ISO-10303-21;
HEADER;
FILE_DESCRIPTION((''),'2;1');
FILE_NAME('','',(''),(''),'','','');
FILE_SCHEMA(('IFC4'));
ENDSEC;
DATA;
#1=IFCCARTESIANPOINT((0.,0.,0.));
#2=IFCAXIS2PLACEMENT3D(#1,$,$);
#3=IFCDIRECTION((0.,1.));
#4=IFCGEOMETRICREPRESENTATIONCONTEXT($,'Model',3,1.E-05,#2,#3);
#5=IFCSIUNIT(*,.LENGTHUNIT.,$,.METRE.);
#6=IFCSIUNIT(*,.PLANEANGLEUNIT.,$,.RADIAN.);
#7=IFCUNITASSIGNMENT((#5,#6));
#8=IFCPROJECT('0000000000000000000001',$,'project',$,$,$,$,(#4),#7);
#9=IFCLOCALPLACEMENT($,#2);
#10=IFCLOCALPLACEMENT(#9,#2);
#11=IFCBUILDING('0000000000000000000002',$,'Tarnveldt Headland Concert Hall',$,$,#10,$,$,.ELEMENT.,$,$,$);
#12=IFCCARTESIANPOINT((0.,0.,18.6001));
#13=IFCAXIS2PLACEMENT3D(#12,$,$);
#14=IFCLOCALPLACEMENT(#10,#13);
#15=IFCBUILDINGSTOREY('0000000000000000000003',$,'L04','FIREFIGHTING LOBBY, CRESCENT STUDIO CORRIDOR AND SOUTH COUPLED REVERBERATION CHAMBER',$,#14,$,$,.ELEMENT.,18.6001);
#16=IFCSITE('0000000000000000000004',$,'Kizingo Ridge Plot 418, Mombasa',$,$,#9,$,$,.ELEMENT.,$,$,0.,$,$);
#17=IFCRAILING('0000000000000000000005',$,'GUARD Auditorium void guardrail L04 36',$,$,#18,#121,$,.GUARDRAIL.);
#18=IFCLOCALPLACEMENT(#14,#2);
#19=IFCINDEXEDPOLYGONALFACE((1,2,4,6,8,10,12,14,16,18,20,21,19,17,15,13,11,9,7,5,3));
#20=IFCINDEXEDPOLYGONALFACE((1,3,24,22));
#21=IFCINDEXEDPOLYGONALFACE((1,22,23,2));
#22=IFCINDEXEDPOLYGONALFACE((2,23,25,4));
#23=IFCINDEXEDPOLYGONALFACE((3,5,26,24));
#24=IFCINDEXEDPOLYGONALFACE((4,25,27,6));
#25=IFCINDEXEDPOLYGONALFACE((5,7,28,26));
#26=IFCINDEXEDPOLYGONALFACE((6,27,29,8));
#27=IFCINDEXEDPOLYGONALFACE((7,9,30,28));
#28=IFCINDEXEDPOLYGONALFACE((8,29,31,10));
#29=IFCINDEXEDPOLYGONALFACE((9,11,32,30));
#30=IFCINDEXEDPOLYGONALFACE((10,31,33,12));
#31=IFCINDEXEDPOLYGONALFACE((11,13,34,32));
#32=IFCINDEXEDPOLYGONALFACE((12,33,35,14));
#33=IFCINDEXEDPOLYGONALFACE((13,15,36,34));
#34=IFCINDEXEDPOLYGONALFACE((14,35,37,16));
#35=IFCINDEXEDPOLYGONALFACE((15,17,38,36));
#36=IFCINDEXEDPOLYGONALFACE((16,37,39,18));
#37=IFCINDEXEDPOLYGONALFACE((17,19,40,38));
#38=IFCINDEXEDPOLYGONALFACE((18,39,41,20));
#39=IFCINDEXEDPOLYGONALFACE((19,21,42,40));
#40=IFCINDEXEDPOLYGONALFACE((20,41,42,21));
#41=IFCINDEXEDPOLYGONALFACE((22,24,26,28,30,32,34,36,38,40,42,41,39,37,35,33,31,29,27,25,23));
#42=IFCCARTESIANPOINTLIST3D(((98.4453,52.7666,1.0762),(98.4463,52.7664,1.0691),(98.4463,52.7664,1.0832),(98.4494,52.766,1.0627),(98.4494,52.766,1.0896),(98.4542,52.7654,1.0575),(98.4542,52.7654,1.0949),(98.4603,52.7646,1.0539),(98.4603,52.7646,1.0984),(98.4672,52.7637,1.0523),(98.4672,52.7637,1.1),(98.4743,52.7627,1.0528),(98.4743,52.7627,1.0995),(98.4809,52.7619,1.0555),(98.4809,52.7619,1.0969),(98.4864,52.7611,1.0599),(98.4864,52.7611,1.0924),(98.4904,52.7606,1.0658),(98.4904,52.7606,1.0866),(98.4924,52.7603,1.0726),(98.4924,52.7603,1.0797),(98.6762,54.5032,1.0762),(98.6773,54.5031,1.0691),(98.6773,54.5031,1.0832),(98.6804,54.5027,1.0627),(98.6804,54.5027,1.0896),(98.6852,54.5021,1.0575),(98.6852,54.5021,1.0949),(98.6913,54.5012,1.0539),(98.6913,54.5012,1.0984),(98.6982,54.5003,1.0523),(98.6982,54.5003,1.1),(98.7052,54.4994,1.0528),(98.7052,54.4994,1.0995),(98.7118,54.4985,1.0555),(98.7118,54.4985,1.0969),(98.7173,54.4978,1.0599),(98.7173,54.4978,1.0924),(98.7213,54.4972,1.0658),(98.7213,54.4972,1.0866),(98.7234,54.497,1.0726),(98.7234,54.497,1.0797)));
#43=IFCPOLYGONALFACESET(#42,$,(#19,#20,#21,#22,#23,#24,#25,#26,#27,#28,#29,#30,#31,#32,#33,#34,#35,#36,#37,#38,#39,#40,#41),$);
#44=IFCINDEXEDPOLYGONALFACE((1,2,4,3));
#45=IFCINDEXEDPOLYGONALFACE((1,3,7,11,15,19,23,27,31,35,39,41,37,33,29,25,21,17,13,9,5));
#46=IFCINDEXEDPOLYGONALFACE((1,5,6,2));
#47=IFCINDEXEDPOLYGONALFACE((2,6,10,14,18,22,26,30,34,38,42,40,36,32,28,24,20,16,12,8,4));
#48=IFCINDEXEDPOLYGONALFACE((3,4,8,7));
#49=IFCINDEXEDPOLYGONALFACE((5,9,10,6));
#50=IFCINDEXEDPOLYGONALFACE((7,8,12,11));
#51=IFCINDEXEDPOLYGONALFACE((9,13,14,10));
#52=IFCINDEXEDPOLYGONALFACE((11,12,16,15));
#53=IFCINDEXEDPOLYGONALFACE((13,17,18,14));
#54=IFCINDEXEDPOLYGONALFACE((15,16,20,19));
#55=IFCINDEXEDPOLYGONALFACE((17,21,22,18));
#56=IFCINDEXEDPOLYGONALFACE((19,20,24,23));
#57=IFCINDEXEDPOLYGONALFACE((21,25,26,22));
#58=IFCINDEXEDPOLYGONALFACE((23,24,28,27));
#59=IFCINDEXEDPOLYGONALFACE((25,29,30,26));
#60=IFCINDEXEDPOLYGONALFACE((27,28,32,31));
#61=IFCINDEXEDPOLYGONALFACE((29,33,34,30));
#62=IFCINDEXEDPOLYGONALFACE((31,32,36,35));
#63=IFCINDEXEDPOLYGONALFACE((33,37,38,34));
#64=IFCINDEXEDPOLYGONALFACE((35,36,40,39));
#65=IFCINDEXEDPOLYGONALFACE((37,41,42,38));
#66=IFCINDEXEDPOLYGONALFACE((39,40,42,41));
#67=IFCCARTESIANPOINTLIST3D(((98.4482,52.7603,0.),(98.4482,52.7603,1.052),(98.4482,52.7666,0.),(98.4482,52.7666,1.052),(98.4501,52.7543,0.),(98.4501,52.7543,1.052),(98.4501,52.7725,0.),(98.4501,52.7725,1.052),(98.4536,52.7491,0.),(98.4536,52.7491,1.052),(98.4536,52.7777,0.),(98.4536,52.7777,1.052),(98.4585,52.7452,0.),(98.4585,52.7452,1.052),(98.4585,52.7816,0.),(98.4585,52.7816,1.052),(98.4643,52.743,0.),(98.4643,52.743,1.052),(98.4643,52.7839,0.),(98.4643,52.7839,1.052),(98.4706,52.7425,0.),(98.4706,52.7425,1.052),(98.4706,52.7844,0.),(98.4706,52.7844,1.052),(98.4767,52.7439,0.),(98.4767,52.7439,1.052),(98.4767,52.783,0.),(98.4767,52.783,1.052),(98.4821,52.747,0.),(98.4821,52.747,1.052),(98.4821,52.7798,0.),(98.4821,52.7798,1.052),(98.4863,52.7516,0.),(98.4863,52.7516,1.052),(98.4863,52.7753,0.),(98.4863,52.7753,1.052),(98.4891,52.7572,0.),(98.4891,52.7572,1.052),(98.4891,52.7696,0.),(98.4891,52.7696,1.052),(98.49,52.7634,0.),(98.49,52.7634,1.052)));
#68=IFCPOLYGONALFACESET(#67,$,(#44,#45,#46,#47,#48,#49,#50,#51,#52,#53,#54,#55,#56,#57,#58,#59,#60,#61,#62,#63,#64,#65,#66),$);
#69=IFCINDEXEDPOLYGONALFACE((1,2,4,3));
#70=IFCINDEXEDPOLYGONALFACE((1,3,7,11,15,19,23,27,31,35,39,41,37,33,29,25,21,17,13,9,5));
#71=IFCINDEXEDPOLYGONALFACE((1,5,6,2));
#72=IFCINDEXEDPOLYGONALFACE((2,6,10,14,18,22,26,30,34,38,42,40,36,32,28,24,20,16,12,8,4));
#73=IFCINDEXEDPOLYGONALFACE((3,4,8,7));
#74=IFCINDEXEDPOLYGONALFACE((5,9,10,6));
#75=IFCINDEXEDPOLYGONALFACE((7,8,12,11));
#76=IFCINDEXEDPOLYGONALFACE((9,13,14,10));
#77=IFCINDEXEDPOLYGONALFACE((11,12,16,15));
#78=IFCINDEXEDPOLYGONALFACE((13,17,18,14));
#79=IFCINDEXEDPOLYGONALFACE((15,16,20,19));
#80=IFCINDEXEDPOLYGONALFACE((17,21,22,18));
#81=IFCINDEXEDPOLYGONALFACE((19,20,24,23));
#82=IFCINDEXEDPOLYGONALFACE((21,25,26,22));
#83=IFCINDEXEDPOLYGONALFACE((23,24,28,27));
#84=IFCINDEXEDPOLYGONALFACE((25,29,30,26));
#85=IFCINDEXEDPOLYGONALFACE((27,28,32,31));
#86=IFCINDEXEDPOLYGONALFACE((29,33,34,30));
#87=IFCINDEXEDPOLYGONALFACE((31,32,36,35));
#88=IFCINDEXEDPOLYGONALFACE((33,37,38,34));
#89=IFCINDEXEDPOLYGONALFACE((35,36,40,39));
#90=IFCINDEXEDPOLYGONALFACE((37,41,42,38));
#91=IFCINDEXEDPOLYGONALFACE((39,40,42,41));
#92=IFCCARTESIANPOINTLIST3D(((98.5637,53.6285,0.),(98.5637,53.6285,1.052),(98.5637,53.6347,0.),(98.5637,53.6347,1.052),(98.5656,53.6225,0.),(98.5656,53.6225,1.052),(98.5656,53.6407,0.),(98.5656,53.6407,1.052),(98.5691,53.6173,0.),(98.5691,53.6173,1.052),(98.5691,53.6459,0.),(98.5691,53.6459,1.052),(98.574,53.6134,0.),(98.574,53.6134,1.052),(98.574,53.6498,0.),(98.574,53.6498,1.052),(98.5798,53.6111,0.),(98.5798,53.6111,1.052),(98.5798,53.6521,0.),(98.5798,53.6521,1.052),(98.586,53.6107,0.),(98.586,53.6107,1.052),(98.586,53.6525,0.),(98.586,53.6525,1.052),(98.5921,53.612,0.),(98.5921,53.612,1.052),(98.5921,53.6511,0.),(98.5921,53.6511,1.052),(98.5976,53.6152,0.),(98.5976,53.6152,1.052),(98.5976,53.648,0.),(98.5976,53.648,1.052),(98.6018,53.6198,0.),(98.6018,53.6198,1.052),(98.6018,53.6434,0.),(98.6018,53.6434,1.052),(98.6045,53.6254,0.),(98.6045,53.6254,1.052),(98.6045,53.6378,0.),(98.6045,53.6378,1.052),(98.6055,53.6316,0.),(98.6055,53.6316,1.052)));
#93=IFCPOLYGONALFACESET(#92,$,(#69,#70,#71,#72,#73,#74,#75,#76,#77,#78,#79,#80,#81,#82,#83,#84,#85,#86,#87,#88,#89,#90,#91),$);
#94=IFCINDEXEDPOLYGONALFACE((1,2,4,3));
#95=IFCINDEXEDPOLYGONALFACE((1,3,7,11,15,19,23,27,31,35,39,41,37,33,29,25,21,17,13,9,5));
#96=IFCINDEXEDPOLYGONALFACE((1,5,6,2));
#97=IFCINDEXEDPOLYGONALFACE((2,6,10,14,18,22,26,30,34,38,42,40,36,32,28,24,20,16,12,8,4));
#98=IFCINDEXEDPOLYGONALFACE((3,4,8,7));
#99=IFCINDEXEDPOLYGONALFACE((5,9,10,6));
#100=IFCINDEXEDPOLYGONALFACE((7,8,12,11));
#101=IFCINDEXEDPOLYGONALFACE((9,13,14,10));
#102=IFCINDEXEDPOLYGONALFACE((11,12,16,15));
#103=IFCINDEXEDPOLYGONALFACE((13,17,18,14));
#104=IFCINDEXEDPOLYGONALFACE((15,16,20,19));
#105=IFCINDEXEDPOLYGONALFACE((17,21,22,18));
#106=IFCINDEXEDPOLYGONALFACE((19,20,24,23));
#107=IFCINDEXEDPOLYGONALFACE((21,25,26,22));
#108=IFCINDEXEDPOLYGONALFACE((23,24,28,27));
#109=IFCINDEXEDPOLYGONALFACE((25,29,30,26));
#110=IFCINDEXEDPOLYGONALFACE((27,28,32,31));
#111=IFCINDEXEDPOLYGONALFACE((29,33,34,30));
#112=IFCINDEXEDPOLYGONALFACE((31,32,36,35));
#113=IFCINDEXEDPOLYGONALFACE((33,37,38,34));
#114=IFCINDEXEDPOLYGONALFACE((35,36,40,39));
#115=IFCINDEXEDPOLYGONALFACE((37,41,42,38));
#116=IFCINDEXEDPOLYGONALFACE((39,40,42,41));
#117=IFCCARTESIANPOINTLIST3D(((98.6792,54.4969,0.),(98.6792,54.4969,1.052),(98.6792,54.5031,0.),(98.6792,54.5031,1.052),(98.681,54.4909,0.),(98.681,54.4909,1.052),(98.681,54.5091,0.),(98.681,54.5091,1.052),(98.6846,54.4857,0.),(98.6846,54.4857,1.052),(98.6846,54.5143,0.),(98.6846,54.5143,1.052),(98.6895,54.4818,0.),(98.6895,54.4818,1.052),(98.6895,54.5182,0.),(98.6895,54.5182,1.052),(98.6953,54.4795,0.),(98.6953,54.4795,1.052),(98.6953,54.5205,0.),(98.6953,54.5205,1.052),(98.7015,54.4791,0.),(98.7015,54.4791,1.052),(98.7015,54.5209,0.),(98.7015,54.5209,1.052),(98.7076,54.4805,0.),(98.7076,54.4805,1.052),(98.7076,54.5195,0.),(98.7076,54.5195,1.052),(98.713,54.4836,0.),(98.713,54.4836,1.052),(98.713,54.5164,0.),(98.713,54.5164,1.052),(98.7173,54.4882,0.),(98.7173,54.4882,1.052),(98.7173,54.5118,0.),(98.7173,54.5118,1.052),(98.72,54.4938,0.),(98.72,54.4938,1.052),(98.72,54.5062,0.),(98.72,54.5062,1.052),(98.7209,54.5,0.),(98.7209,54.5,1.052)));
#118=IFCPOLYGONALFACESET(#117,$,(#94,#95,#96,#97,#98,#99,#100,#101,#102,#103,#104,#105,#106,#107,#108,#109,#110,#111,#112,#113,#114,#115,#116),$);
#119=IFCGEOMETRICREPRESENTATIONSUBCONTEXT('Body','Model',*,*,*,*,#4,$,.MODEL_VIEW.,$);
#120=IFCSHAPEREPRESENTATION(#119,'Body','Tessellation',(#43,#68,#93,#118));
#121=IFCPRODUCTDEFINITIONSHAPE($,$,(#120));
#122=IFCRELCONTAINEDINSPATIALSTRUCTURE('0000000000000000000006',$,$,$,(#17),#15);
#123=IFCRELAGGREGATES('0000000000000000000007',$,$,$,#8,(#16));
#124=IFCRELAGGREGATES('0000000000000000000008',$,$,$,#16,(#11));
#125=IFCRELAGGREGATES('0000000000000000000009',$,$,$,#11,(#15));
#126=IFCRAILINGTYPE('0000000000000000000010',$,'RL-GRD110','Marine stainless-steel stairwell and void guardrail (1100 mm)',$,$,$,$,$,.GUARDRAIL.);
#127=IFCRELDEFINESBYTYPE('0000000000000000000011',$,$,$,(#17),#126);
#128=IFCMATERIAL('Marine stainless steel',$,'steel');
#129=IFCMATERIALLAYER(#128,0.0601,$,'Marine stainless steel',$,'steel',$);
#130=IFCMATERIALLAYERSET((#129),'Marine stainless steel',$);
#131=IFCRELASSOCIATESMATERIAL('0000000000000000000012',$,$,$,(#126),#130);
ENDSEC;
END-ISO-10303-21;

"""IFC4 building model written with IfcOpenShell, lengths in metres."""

from ifc_helpers import new_model, si_unit, direction, frame, origin, origin_2d, place, context, subcontext, project, spatial, circle, extrude, material, layer, layer_set, type_object, element, save


model = new_model("IFC4")

# Units and contexts
model_context = context("Model", 3, precision=1e-05, world=origin(), true_north=direction((0.0, 1.0)))
body_context = subcontext(model_context, "Body", "Model", "MODEL_VIEW")
ifc_project = project(units=[si_unit("LENGTHUNIT", "METRE"), si_unit("PLANEANGLEUNIT", "RADIAN")], contexts=[model_context])

# Site, building, storey
site_placement = place(None, origin())
site = spatial("IfcSite", under=ifc_project, at=site_placement, Name="Kizingo Ridge Plot 418, Mombasa", CompositionType="ELEMENT", RefElevation=0.0)
building_placement = place(site_placement, origin())
building = spatial("IfcBuilding", under=site, at=building_placement, Name="Tarnveldt Headland Concert Hall", CompositionType="ELEMENT")
storey_placement = place(building_placement, frame((0.0, 0.0, 18.6001)))
storey = spatial("IfcBuildingStorey", under=building, at=storey_placement, Name="L04", Description="FIREFIGHTING LOBBY, CRESCENT STUDIO CORRIDOR AND SOUTH COUPLED REVERBERATION CHAMBER", CompositionType="ELEMENT", Elevation=18.6001)

# Railing
ifc_material_1 = material(Name="Marine stainless steel", Category="steel")
ifc_layer_1 = layer(ifc_material_1, 0.0601, Name="Marine stainless steel", Category="steel")
ifc_layer_set_1 = layer_set([ifc_layer_1], Name="Marine stainless steel")
railing_type_1 = type_object("IfcRailingType", Name="RL-GRD110", Description="Marine stainless-steel stairwell and void guardrail (1100 mm)", PredefinedType="GUARDRAIL", material=ifc_layer_set_1)
railing_1_placement = place(storey_placement, frame((98.469, 52.7634, 0.0)))
element("IfcRailing", 1, at=railing_1_placement, inside=storey, type_object=railing_type_1, Name="GUARD Auditorium void guardrail L04 36", PredefinedType="GUARDRAIL", context=body_context, shape_type="SweptSolid", body=[
    extrude(circle(Radius=0.0239, at=origin_2d()), frame((0.0, 0.0, 1.0762), z_axis=(0.131835, 0.991272, 0.0), x_axis=(-0.991272, 0.131835, 0.0)), (0.0, 0.0, 1.0), 1.752),
    extrude(circle(Radius=0.021, at=origin_2d()), origin(), (0.0, 0.0, 1.0), 1.052),
    extrude(circle(Radius=0.021, at=origin_2d()), frame((0.1155, 0.8682, 0.0)), (0.0, 0.0, 1.0), 1.052),
    extrude(circle(Radius=0.021, at=origin_2d()), frame((0.231, 1.7366, 0.0)), (0.0, 0.0, 1.0), 1.052),
])

save(model, "model.ifc")
